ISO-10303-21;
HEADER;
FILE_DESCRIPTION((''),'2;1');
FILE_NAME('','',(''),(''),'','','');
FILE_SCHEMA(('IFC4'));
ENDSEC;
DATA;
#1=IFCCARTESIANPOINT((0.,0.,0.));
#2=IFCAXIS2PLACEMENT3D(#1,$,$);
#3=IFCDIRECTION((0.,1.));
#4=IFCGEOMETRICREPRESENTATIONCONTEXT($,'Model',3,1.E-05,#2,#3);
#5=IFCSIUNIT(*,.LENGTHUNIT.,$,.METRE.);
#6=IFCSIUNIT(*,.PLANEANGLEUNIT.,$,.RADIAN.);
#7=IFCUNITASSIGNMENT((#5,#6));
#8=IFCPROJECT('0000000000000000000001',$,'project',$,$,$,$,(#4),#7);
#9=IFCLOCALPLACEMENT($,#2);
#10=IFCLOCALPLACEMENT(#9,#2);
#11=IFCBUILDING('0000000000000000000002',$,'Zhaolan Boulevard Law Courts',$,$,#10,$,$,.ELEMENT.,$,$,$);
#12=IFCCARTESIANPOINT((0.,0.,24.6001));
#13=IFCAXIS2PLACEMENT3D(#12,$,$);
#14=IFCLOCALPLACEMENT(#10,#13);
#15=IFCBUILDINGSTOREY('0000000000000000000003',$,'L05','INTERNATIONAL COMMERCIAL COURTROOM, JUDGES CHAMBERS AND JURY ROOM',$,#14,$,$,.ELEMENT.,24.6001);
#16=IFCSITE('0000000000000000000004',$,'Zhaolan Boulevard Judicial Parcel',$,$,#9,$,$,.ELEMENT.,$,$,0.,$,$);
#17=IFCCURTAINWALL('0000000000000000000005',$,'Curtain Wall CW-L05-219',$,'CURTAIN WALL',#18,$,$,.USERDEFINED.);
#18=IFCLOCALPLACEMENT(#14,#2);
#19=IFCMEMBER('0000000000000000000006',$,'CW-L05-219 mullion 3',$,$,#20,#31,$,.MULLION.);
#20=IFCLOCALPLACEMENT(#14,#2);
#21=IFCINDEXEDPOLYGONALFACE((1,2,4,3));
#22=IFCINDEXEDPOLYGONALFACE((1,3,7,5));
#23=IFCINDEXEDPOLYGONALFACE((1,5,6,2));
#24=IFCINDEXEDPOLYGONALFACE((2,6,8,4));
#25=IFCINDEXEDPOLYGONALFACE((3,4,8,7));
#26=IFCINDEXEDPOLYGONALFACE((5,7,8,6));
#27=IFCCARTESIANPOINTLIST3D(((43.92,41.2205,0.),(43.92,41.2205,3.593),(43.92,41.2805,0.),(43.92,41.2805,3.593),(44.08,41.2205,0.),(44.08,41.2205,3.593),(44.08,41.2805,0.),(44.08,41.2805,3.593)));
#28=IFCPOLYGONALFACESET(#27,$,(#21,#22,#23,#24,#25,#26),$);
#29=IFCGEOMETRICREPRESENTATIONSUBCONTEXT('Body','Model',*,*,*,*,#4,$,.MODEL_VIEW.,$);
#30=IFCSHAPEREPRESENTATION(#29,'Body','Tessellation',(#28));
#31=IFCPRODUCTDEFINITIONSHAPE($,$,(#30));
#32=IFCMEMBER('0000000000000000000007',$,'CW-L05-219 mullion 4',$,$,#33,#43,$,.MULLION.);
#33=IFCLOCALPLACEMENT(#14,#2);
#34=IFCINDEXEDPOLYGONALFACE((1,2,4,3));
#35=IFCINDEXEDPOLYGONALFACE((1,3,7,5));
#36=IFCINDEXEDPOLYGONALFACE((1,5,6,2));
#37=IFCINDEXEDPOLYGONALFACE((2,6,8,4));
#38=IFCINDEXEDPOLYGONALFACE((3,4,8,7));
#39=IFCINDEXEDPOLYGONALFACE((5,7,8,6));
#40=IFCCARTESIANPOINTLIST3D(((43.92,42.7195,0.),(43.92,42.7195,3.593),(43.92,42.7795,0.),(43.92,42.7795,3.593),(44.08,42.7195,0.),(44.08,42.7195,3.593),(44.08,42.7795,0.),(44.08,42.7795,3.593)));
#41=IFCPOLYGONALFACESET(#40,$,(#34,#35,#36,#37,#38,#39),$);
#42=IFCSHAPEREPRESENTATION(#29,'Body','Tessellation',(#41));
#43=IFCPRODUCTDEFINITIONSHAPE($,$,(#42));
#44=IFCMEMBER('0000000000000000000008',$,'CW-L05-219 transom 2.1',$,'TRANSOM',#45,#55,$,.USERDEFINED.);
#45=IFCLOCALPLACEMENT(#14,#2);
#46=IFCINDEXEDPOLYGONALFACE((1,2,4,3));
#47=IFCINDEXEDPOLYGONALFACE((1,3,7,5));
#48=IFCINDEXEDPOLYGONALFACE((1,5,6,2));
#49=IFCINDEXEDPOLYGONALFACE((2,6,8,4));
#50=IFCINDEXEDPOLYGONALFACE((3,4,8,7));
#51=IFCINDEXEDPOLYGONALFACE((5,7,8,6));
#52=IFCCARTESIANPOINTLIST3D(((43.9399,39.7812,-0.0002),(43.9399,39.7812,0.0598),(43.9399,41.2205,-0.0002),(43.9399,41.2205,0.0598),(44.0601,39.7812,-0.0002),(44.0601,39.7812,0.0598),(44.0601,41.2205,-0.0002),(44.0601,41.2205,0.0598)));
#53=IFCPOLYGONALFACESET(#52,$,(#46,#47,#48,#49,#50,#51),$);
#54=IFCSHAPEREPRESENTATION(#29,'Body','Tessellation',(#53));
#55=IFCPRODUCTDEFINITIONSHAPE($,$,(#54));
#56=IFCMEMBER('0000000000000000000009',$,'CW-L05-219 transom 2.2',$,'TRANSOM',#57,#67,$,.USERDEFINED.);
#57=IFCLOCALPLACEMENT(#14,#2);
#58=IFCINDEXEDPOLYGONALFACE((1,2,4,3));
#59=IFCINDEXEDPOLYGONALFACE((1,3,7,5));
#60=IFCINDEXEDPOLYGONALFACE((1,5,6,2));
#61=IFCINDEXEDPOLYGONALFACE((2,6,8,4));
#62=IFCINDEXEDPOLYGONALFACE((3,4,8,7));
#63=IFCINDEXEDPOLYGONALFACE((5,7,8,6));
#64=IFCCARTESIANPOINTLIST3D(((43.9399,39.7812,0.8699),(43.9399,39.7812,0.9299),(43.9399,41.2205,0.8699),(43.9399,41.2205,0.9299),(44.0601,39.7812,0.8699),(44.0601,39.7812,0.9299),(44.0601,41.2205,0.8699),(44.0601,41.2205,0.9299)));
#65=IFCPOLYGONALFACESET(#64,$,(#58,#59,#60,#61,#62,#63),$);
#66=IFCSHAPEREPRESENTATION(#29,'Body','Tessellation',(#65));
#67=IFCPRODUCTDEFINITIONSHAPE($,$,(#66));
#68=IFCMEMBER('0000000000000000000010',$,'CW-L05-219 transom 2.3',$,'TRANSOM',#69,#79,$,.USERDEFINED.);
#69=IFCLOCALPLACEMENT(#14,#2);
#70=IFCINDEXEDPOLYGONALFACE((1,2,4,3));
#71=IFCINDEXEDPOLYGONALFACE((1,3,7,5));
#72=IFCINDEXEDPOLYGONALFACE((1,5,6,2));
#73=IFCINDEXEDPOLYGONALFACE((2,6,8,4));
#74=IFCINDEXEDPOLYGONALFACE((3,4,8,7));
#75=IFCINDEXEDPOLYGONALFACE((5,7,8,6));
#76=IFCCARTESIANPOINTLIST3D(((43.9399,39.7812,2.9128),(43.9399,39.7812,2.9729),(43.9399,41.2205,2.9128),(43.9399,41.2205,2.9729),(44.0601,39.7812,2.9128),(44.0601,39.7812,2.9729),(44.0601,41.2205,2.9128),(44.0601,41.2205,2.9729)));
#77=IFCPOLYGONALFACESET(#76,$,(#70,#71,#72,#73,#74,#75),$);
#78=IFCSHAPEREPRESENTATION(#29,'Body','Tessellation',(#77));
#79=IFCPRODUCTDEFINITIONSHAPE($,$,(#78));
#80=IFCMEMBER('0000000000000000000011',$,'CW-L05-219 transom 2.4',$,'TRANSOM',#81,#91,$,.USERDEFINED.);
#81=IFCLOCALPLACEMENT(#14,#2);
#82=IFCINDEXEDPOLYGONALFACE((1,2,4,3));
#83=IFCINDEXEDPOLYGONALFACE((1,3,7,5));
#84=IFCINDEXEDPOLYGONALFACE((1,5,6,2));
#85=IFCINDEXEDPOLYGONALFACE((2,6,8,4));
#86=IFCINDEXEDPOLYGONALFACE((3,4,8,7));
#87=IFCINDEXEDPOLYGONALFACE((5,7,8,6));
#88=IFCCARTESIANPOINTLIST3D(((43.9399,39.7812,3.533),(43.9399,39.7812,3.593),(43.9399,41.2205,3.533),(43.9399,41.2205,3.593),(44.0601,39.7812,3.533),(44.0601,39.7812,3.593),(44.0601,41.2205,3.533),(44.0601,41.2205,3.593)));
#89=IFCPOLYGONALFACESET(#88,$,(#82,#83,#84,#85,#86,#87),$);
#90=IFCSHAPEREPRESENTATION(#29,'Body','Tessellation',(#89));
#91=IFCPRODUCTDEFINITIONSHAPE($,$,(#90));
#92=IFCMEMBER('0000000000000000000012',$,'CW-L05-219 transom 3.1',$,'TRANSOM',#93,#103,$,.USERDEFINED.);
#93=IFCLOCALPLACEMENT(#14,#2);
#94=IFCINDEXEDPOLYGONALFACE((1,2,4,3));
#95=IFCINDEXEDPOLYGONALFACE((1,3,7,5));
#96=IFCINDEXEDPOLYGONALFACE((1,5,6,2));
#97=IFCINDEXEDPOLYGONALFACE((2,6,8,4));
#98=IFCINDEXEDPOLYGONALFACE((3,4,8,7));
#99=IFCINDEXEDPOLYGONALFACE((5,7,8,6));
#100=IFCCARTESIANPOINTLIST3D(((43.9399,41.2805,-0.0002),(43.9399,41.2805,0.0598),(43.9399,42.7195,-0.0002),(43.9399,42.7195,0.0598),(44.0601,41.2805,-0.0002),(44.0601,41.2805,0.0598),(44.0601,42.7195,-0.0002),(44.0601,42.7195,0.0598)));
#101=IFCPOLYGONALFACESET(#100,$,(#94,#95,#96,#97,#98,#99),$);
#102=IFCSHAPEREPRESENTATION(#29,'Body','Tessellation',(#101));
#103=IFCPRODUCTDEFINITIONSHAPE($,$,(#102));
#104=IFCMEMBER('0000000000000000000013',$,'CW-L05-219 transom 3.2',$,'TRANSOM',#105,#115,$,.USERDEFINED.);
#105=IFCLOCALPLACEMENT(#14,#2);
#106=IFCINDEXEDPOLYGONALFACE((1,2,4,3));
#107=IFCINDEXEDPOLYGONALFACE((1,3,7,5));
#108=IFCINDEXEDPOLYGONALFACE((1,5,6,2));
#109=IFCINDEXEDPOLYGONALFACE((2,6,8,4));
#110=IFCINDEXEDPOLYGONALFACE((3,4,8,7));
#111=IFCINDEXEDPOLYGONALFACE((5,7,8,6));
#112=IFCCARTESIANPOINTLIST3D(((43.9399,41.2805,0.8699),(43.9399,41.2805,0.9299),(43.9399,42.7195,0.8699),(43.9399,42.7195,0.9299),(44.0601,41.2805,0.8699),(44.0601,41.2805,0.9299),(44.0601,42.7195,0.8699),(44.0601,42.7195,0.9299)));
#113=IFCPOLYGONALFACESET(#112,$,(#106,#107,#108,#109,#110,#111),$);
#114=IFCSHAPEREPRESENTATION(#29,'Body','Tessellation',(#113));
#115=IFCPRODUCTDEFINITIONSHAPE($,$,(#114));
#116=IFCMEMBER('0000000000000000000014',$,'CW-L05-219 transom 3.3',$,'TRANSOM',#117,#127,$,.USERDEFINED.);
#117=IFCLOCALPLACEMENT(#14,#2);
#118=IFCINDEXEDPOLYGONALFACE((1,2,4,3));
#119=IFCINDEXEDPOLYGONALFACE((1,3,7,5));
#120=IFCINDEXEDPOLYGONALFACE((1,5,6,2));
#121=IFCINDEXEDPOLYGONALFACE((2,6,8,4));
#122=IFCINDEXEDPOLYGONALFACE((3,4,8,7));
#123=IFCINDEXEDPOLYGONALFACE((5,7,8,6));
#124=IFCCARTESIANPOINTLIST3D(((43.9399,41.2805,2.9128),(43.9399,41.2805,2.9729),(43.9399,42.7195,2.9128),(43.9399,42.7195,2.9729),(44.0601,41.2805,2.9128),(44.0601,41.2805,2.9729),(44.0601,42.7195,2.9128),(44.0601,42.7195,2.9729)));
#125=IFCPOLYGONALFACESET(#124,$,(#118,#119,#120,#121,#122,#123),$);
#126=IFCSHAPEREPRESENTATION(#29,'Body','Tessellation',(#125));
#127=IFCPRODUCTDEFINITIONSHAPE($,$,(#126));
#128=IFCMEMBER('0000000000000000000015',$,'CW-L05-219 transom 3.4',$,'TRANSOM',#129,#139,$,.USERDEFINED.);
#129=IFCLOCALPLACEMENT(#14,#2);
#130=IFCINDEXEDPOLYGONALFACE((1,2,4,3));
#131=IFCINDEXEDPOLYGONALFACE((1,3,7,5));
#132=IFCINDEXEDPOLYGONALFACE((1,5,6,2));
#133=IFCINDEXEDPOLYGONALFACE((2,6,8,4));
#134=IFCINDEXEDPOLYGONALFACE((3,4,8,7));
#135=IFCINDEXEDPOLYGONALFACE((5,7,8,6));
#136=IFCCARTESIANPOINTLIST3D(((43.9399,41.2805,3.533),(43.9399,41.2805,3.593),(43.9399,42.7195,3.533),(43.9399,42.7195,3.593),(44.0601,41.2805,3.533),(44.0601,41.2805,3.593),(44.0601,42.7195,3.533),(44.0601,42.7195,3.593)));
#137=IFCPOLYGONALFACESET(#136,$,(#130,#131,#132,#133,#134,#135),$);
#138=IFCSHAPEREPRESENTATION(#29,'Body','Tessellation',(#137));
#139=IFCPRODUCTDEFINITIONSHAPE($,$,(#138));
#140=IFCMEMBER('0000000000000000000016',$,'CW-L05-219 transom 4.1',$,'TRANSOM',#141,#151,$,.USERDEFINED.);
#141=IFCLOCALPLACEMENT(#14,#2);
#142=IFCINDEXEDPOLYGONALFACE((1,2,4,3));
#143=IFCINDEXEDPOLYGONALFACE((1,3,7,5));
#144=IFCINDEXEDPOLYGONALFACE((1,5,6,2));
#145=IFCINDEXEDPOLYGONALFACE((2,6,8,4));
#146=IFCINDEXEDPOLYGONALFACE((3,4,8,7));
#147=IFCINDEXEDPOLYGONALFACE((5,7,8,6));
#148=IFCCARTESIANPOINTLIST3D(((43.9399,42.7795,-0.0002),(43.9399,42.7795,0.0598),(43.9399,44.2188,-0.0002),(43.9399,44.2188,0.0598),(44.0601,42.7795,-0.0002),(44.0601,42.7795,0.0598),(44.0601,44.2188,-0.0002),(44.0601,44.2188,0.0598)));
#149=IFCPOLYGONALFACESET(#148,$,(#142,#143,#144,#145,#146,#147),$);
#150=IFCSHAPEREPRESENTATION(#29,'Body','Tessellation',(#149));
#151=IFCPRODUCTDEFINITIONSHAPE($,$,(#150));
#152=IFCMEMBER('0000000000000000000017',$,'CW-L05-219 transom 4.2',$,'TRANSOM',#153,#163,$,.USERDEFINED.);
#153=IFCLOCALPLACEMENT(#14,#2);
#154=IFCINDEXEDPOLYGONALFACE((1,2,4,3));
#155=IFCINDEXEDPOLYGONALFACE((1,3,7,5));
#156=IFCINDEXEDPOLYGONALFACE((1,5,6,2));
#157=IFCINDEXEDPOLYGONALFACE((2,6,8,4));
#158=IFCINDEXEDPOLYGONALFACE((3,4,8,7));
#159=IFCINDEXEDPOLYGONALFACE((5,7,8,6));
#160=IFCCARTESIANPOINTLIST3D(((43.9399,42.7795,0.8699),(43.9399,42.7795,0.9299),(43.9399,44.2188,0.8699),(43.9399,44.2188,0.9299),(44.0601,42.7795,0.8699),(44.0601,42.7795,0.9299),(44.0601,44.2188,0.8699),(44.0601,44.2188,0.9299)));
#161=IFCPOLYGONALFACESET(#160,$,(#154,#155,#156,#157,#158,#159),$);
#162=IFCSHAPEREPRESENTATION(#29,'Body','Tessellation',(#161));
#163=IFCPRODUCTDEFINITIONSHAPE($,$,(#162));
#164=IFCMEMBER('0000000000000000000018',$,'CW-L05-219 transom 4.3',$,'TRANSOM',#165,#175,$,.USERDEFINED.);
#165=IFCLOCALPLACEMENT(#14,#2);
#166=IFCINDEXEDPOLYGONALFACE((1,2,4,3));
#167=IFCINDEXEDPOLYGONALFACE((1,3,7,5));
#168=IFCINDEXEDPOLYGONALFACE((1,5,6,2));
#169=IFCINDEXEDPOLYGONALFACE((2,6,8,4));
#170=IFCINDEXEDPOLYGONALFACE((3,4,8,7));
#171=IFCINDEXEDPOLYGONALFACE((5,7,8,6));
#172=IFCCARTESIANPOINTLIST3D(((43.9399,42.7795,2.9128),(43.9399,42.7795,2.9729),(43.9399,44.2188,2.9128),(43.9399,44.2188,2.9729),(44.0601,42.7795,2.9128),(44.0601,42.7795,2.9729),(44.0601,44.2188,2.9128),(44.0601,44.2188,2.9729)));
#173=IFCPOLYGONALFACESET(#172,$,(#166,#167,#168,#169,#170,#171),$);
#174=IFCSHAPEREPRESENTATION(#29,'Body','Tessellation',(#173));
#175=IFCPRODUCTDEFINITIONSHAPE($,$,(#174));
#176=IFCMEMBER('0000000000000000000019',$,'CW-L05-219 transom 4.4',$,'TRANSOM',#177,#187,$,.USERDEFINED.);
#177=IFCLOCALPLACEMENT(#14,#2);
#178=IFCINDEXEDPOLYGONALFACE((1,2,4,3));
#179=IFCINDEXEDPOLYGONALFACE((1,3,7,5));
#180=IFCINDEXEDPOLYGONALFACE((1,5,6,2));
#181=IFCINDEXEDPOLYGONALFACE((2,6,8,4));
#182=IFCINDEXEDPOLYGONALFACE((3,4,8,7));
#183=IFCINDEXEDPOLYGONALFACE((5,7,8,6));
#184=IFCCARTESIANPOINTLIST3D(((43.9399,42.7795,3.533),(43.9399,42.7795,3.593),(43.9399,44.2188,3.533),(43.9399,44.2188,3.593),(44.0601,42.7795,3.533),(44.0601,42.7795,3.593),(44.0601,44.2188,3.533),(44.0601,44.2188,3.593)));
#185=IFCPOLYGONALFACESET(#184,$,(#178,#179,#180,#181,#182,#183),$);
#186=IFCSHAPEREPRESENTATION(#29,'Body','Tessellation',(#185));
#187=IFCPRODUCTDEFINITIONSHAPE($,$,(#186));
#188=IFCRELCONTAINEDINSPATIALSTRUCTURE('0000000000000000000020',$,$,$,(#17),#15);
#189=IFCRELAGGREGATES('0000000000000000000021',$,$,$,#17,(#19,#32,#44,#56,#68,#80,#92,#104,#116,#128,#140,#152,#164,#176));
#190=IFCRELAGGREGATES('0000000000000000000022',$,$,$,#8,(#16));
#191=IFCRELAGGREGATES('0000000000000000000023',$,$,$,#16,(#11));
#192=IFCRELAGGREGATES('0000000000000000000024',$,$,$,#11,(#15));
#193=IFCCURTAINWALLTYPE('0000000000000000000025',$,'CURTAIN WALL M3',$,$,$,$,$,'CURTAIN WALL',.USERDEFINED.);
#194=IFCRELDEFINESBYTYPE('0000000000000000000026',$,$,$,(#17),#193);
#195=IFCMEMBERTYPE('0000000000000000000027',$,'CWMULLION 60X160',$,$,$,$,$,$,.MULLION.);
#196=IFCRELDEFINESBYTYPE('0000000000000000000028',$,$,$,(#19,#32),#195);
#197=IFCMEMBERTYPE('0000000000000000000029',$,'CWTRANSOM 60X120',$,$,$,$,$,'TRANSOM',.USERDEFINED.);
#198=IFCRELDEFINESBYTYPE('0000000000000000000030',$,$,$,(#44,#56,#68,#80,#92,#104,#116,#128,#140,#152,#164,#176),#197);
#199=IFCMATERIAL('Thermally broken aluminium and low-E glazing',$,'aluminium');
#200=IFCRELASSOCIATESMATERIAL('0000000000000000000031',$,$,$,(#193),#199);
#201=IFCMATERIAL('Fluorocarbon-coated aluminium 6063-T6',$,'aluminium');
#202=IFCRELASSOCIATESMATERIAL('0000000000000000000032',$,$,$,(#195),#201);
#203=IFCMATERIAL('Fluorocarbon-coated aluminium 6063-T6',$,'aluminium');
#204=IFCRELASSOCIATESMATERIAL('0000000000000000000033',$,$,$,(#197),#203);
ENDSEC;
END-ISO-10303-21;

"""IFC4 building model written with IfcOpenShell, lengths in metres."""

from ifc_helpers import new_model, si_unit, direction, frame, origin, origin_2d, place, context, subcontext, project, spatial, rectangle, extrude, material, material_profile, profile_set, type_object, element, aggregate, save


model = new_model("IFC4")

# Units and contexts
model_context = context("Model", 3, precision=1e-05, world=origin(), true_north=direction((0.0, 1.0)))
body_context = subcontext(model_context, "Body", "Model", "MODEL_VIEW")
ifc_project = project(units=[si_unit("LENGTHUNIT", "METRE"), si_unit("PLANEANGLEUNIT", "RADIAN")], contexts=[model_context])

# Site, building, storey
site_placement = place(None, origin())
site = spatial("IfcSite", under=ifc_project, at=site_placement, Name="Zhaolan Boulevard Judicial Parcel", CompositionType="ELEMENT", RefElevation=0.0)
building_placement = place(site_placement, origin())
building = spatial("IfcBuilding", under=site, at=building_placement, Name="Zhaolan Boulevard Law Courts", CompositionType="ELEMENT")
storey_placement = place(building_placement, frame((0.0, 0.0, 24.6001)))
storey = spatial("IfcBuildingStorey", under=building, at=storey_placement, Name="L05", Description="INTERNATIONAL COMMERCIAL COURTROOM, JUDGES CHAMBERS AND JURY ROOM", CompositionType="ELEMENT", Elevation=24.6001)

# Curtain wall, members
ifc_material_1 = material(Name="Thermally broken aluminium and low-E glazing", Category="aluminium")
curtain_wall_type = type_object("IfcCurtainWallType", Name="CURTAIN WALL M3", ElementType="CURTAIN WALL", PredefinedType="USERDEFINED", material=ifc_material_1)
curtain_wall_placement = place(storey_placement, origin())
curtain_wall = element("IfcCurtainWall", 1, at=curtain_wall_placement, inside=storey, type_object=curtain_wall_type, Name="Curtain Wall CW-L05-219", ObjectType="CURTAIN WALL", PredefinedType="USERDEFINED")
ifc_material_2 = material(Name="Fluorocarbon-coated aluminium 6063-T6", Category="aluminium")
ifc_material_profile_1 = material_profile(ifc_material_2, rectangle(XDim=0.1599, YDim=0.0601, at=origin_2d()), Name="AL60x160")
ifc_profile_set_1 = profile_set([ifc_material_profile_1], Name="Fluorocarbon-coated aluminium 6063-T6")
member_type_1 = type_object("IfcMemberType", Name="CWMULLION 60X160", PredefinedType="MULLION", material=ifc_profile_set_1)
member_1_placement = place(storey_placement, frame((44.0, 41.2505, 0.0), z_axis=(0.0, 0.0, 1.0), x_axis=(-1.0, 0.0, 0.0)))
member_1 = element("IfcMember", 2, at=member_1_placement, type_object=member_type_1, Name="CW-L05-219 mullion 3", PredefinedType="MULLION", context=body_context, shape_type="SweptSolid", body=[
    extrude(rectangle(XDim=0.1599, YDim=0.0601, at=origin_2d()), origin(), (0.0, 0.0, 1.0), 3.593),
])
member_2_placement = place(storey_placement, frame((44.0, 42.7495, 0.0), z_axis=(0.0, 0.0, 1.0), x_axis=(-1.0, 0.0, 0.0)))
member_2 = element("IfcMember", 3, at=member_2_placement, type_object=member_type_1, Name="CW-L05-219 mullion 4", PredefinedType="MULLION", context=body_context, shape_type="SweptSolid", body=[
    extrude(rectangle(XDim=0.1599, YDim=0.0601, at=origin_2d()), origin(), (0.0, 0.0, 1.0), 3.593),
])
ifc_material_3 = material(Name="Fluorocarbon-coated aluminium 6063-T6", Category="aluminium")
ifc_material_profile_2 = material_profile(ifc_material_3, rectangle(XDim=0.1201, YDim=0.0601, at=origin_2d()), Name="AL60x120")
ifc_profile_set_2 = profile_set([ifc_material_profile_2], Name="Fluorocarbon-coated aluminium 6063-T6")
member_type_2 = type_object("IfcMemberType", Name="CWTRANSOM 60X120", ElementType="TRANSOM", PredefinedType="USERDEFINED", material=ifc_profile_set_2)
member_3_placement = place(storey_placement, frame((44.0, 39.7812, 0.0298), z_axis=(0.0, 1.0, 0.0), x_axis=(-1.0, 0.0, 0.0)))
member_3 = element("IfcMember", 4, at=member_3_placement, type_object=member_type_2, Name="CW-L05-219 transom 2.1", ObjectType="TRANSOM", PredefinedType="USERDEFINED", context=body_context, shape_type="SweptSolid", body=[
    extrude(rectangle(XDim=0.1201, YDim=0.0601, at=origin_2d()), origin(), (0.0, 0.0, 1.0), 1.4392),
])
member_4_placement = place(storey_placement, frame((44.0, 39.7812, 0.8999), z_axis=(0.0, 1.0, 0.0), x_axis=(-1.0, 0.0, 0.0)))
member_4 = element("IfcMember", 5, at=member_4_placement, type_object=member_type_2, Name="CW-L05-219 transom 2.2", ObjectType="TRANSOM", PredefinedType="USERDEFINED", context=body_context, shape_type="SweptSolid", body=[
    extrude(rectangle(XDim=0.1201, YDim=0.0601, at=origin_2d()), origin(), (0.0, 0.0, 1.0), 1.4392),
])
member_5_placement = place(storey_placement, frame((44.0, 39.7812, 2.9429), z_axis=(0.0, 1.0, 0.0), x_axis=(-1.0, 0.0, 0.0)))
member_5 = element("IfcMember", 6, at=member_5_placement, type_object=member_type_2, Name="CW-L05-219 transom 2.3", ObjectType="TRANSOM", PredefinedType="USERDEFINED", context=body_context, shape_type="SweptSolid", body=[
    extrude(rectangle(XDim=0.1201, YDim=0.0601, at=origin_2d()), origin(), (0.0, 0.0, 1.0), 1.4392),
])
member_6_placement = place(storey_placement, frame((44.0, 39.7812, 3.563), z_axis=(0.0, 1.0, 0.0), x_axis=(-1.0, 0.0, 0.0)))
member_6 = element("IfcMember", 7, at=member_6_placement, type_object=member_type_2, Name="CW-L05-219 transom 2.4", ObjectType="TRANSOM", PredefinedType="USERDEFINED", context=body_context, shape_type="SweptSolid", body=[
    extrude(rectangle(XDim=0.1201, YDim=0.0601, at=origin_2d()), origin(), (0.0, 0.0, 1.0), 1.4392),
])
member_7_placement = place(storey_placement, frame((44.0, 41.2805, 0.0298), z_axis=(0.0, 1.0, 0.0), x_axis=(-1.0, 0.0, 0.0)))
member_7 = element("IfcMember", 8, at=member_7_placement, type_object=member_type_2, Name="CW-L05-219 transom 3.1", ObjectType="TRANSOM", PredefinedType="USERDEFINED", context=body_context, shape_type="SweptSolid", body=[
    extrude(rectangle(XDim=0.1201, YDim=0.0601, at=origin_2d()), origin(), (0.0, 0.0, 1.0), 1.439),
])
member_8_placement = place(storey_placement, frame((44.0, 41.2805, 0.8999), z_axis=(0.0, 1.0, 0.0), x_axis=(-1.0, 0.0, 0.0)))
member_8 = element("IfcMember", 9, at=member_8_placement, type_object=member_type_2, Name="CW-L05-219 transom 3.2", ObjectType="TRANSOM", PredefinedType="USERDEFINED", context=body_context, shape_type="SweptSolid", body=[
    extrude(rectangle(XDim=0.1201, YDim=0.0601, at=origin_2d()), origin(), (0.0, 0.0, 1.0), 1.439),
])
member_9_placement = place(storey_placement, frame((44.0, 41.2805, 2.9429), z_axis=(0.0, 1.0, 0.0), x_axis=(-1.0, 0.0, 0.0)))
member_9 = element("IfcMember", 10, at=member_9_placement, type_object=member_type_2, Name="CW-L05-219 transom 3.3", ObjectType="TRANSOM", PredefinedType="USERDEFINED", context=body_context, shape_type="SweptSolid", body=[
    extrude(rectangle(XDim=0.1201, YDim=0.0601, at=origin_2d()), origin(), (0.0, 0.0, 1.0), 1.439),
])
member_10_placement = place(storey_placement, frame((44.0, 41.2805, 3.563), z_axis=(0.0, 1.0, 0.0), x_axis=(-1.0, 0.0, 0.0)))
member_10 = element("IfcMember", 11, at=member_10_placement, type_object=member_type_2, Name="CW-L05-219 transom 3.4", ObjectType="TRANSOM", PredefinedType="USERDEFINED", context=body_context, shape_type="SweptSolid", body=[
    extrude(rectangle(XDim=0.1201, YDim=0.0601, at=origin_2d()), origin(), (0.0, 0.0, 1.0), 1.439),
])
member_11_placement = place(storey_placement, frame((44.0, 42.7795, 0.0298), z_axis=(0.0, 1.0, 0.0), x_axis=(-1.0, 0.0, 0.0)))
member_11 = element("IfcMember", 12, at=member_11_placement, type_object=member_type_2, Name="CW-L05-219 transom 4.1", ObjectType="TRANSOM", PredefinedType="USERDEFINED", context=body_context, shape_type="SweptSolid", body=[
    extrude(rectangle(XDim=0.1201, YDim=0.0601, at=origin_2d()), origin(), (0.0, 0.0, 1.0), 1.4392),
])
member_12_placement = place(storey_placement, frame((44.0, 42.7795, 0.8999), z_axis=(0.0, 1.0, 0.0), x_axis=(-1.0, 0.0, 0.0)))
member_12 = element("IfcMember", 13, at=member_12_placement, type_object=member_type_2, Name="CW-L05-219 transom 4.2", ObjectType="TRANSOM", PredefinedType="USERDEFINED", context=body_context, shape_type="SweptSolid", body=[
    extrude(rectangle(XDim=0.1201, YDim=0.0601, at=origin_2d()), origin(), (0.0, 0.0, 1.0), 1.4392),
])
member_13_placement = place(storey_placement, frame((44.0, 42.7795, 2.9429), z_axis=(0.0, 1.0, 0.0), x_axis=(-1.0, 0.0, 0.0)))
member_13 = element("IfcMember", 14, at=member_13_placement, type_object=member_type_2, Name="CW-L05-219 transom 4.3", ObjectType="TRANSOM", PredefinedType="USERDEFINED", context=body_context, shape_type="SweptSolid", body=[
    extrude(rectangle(XDim=0.1201, YDim=0.0601, at=origin_2d()), origin(), (0.0, 0.0, 1.0), 1.4392),
])
member_14_placement = place(storey_placement, frame((44.0, 42.7795, 3.563), z_axis=(0.0, 1.0, 0.0), x_axis=(-1.0, 0.0, 0.0)))
member_14 = element("IfcMember", 15, at=member_14_placement, type_object=member_type_2, Name="CW-L05-219 transom 4.4", ObjectType="TRANSOM", PredefinedType="USERDEFINED", context=body_context, shape_type="SweptSolid", body=[
    extrude(rectangle(XDim=0.1201, YDim=0.0601, at=origin_2d()), origin(), (0.0, 0.0, 1.0), 1.4392),
])
aggregate(curtain_wall, [member_1, member_2, member_3, member_4, member_5, member_6, member_7, member_8, member_9, member_10, member_11, member_12, member_13, member_14])

save(model, "model.ifc")
